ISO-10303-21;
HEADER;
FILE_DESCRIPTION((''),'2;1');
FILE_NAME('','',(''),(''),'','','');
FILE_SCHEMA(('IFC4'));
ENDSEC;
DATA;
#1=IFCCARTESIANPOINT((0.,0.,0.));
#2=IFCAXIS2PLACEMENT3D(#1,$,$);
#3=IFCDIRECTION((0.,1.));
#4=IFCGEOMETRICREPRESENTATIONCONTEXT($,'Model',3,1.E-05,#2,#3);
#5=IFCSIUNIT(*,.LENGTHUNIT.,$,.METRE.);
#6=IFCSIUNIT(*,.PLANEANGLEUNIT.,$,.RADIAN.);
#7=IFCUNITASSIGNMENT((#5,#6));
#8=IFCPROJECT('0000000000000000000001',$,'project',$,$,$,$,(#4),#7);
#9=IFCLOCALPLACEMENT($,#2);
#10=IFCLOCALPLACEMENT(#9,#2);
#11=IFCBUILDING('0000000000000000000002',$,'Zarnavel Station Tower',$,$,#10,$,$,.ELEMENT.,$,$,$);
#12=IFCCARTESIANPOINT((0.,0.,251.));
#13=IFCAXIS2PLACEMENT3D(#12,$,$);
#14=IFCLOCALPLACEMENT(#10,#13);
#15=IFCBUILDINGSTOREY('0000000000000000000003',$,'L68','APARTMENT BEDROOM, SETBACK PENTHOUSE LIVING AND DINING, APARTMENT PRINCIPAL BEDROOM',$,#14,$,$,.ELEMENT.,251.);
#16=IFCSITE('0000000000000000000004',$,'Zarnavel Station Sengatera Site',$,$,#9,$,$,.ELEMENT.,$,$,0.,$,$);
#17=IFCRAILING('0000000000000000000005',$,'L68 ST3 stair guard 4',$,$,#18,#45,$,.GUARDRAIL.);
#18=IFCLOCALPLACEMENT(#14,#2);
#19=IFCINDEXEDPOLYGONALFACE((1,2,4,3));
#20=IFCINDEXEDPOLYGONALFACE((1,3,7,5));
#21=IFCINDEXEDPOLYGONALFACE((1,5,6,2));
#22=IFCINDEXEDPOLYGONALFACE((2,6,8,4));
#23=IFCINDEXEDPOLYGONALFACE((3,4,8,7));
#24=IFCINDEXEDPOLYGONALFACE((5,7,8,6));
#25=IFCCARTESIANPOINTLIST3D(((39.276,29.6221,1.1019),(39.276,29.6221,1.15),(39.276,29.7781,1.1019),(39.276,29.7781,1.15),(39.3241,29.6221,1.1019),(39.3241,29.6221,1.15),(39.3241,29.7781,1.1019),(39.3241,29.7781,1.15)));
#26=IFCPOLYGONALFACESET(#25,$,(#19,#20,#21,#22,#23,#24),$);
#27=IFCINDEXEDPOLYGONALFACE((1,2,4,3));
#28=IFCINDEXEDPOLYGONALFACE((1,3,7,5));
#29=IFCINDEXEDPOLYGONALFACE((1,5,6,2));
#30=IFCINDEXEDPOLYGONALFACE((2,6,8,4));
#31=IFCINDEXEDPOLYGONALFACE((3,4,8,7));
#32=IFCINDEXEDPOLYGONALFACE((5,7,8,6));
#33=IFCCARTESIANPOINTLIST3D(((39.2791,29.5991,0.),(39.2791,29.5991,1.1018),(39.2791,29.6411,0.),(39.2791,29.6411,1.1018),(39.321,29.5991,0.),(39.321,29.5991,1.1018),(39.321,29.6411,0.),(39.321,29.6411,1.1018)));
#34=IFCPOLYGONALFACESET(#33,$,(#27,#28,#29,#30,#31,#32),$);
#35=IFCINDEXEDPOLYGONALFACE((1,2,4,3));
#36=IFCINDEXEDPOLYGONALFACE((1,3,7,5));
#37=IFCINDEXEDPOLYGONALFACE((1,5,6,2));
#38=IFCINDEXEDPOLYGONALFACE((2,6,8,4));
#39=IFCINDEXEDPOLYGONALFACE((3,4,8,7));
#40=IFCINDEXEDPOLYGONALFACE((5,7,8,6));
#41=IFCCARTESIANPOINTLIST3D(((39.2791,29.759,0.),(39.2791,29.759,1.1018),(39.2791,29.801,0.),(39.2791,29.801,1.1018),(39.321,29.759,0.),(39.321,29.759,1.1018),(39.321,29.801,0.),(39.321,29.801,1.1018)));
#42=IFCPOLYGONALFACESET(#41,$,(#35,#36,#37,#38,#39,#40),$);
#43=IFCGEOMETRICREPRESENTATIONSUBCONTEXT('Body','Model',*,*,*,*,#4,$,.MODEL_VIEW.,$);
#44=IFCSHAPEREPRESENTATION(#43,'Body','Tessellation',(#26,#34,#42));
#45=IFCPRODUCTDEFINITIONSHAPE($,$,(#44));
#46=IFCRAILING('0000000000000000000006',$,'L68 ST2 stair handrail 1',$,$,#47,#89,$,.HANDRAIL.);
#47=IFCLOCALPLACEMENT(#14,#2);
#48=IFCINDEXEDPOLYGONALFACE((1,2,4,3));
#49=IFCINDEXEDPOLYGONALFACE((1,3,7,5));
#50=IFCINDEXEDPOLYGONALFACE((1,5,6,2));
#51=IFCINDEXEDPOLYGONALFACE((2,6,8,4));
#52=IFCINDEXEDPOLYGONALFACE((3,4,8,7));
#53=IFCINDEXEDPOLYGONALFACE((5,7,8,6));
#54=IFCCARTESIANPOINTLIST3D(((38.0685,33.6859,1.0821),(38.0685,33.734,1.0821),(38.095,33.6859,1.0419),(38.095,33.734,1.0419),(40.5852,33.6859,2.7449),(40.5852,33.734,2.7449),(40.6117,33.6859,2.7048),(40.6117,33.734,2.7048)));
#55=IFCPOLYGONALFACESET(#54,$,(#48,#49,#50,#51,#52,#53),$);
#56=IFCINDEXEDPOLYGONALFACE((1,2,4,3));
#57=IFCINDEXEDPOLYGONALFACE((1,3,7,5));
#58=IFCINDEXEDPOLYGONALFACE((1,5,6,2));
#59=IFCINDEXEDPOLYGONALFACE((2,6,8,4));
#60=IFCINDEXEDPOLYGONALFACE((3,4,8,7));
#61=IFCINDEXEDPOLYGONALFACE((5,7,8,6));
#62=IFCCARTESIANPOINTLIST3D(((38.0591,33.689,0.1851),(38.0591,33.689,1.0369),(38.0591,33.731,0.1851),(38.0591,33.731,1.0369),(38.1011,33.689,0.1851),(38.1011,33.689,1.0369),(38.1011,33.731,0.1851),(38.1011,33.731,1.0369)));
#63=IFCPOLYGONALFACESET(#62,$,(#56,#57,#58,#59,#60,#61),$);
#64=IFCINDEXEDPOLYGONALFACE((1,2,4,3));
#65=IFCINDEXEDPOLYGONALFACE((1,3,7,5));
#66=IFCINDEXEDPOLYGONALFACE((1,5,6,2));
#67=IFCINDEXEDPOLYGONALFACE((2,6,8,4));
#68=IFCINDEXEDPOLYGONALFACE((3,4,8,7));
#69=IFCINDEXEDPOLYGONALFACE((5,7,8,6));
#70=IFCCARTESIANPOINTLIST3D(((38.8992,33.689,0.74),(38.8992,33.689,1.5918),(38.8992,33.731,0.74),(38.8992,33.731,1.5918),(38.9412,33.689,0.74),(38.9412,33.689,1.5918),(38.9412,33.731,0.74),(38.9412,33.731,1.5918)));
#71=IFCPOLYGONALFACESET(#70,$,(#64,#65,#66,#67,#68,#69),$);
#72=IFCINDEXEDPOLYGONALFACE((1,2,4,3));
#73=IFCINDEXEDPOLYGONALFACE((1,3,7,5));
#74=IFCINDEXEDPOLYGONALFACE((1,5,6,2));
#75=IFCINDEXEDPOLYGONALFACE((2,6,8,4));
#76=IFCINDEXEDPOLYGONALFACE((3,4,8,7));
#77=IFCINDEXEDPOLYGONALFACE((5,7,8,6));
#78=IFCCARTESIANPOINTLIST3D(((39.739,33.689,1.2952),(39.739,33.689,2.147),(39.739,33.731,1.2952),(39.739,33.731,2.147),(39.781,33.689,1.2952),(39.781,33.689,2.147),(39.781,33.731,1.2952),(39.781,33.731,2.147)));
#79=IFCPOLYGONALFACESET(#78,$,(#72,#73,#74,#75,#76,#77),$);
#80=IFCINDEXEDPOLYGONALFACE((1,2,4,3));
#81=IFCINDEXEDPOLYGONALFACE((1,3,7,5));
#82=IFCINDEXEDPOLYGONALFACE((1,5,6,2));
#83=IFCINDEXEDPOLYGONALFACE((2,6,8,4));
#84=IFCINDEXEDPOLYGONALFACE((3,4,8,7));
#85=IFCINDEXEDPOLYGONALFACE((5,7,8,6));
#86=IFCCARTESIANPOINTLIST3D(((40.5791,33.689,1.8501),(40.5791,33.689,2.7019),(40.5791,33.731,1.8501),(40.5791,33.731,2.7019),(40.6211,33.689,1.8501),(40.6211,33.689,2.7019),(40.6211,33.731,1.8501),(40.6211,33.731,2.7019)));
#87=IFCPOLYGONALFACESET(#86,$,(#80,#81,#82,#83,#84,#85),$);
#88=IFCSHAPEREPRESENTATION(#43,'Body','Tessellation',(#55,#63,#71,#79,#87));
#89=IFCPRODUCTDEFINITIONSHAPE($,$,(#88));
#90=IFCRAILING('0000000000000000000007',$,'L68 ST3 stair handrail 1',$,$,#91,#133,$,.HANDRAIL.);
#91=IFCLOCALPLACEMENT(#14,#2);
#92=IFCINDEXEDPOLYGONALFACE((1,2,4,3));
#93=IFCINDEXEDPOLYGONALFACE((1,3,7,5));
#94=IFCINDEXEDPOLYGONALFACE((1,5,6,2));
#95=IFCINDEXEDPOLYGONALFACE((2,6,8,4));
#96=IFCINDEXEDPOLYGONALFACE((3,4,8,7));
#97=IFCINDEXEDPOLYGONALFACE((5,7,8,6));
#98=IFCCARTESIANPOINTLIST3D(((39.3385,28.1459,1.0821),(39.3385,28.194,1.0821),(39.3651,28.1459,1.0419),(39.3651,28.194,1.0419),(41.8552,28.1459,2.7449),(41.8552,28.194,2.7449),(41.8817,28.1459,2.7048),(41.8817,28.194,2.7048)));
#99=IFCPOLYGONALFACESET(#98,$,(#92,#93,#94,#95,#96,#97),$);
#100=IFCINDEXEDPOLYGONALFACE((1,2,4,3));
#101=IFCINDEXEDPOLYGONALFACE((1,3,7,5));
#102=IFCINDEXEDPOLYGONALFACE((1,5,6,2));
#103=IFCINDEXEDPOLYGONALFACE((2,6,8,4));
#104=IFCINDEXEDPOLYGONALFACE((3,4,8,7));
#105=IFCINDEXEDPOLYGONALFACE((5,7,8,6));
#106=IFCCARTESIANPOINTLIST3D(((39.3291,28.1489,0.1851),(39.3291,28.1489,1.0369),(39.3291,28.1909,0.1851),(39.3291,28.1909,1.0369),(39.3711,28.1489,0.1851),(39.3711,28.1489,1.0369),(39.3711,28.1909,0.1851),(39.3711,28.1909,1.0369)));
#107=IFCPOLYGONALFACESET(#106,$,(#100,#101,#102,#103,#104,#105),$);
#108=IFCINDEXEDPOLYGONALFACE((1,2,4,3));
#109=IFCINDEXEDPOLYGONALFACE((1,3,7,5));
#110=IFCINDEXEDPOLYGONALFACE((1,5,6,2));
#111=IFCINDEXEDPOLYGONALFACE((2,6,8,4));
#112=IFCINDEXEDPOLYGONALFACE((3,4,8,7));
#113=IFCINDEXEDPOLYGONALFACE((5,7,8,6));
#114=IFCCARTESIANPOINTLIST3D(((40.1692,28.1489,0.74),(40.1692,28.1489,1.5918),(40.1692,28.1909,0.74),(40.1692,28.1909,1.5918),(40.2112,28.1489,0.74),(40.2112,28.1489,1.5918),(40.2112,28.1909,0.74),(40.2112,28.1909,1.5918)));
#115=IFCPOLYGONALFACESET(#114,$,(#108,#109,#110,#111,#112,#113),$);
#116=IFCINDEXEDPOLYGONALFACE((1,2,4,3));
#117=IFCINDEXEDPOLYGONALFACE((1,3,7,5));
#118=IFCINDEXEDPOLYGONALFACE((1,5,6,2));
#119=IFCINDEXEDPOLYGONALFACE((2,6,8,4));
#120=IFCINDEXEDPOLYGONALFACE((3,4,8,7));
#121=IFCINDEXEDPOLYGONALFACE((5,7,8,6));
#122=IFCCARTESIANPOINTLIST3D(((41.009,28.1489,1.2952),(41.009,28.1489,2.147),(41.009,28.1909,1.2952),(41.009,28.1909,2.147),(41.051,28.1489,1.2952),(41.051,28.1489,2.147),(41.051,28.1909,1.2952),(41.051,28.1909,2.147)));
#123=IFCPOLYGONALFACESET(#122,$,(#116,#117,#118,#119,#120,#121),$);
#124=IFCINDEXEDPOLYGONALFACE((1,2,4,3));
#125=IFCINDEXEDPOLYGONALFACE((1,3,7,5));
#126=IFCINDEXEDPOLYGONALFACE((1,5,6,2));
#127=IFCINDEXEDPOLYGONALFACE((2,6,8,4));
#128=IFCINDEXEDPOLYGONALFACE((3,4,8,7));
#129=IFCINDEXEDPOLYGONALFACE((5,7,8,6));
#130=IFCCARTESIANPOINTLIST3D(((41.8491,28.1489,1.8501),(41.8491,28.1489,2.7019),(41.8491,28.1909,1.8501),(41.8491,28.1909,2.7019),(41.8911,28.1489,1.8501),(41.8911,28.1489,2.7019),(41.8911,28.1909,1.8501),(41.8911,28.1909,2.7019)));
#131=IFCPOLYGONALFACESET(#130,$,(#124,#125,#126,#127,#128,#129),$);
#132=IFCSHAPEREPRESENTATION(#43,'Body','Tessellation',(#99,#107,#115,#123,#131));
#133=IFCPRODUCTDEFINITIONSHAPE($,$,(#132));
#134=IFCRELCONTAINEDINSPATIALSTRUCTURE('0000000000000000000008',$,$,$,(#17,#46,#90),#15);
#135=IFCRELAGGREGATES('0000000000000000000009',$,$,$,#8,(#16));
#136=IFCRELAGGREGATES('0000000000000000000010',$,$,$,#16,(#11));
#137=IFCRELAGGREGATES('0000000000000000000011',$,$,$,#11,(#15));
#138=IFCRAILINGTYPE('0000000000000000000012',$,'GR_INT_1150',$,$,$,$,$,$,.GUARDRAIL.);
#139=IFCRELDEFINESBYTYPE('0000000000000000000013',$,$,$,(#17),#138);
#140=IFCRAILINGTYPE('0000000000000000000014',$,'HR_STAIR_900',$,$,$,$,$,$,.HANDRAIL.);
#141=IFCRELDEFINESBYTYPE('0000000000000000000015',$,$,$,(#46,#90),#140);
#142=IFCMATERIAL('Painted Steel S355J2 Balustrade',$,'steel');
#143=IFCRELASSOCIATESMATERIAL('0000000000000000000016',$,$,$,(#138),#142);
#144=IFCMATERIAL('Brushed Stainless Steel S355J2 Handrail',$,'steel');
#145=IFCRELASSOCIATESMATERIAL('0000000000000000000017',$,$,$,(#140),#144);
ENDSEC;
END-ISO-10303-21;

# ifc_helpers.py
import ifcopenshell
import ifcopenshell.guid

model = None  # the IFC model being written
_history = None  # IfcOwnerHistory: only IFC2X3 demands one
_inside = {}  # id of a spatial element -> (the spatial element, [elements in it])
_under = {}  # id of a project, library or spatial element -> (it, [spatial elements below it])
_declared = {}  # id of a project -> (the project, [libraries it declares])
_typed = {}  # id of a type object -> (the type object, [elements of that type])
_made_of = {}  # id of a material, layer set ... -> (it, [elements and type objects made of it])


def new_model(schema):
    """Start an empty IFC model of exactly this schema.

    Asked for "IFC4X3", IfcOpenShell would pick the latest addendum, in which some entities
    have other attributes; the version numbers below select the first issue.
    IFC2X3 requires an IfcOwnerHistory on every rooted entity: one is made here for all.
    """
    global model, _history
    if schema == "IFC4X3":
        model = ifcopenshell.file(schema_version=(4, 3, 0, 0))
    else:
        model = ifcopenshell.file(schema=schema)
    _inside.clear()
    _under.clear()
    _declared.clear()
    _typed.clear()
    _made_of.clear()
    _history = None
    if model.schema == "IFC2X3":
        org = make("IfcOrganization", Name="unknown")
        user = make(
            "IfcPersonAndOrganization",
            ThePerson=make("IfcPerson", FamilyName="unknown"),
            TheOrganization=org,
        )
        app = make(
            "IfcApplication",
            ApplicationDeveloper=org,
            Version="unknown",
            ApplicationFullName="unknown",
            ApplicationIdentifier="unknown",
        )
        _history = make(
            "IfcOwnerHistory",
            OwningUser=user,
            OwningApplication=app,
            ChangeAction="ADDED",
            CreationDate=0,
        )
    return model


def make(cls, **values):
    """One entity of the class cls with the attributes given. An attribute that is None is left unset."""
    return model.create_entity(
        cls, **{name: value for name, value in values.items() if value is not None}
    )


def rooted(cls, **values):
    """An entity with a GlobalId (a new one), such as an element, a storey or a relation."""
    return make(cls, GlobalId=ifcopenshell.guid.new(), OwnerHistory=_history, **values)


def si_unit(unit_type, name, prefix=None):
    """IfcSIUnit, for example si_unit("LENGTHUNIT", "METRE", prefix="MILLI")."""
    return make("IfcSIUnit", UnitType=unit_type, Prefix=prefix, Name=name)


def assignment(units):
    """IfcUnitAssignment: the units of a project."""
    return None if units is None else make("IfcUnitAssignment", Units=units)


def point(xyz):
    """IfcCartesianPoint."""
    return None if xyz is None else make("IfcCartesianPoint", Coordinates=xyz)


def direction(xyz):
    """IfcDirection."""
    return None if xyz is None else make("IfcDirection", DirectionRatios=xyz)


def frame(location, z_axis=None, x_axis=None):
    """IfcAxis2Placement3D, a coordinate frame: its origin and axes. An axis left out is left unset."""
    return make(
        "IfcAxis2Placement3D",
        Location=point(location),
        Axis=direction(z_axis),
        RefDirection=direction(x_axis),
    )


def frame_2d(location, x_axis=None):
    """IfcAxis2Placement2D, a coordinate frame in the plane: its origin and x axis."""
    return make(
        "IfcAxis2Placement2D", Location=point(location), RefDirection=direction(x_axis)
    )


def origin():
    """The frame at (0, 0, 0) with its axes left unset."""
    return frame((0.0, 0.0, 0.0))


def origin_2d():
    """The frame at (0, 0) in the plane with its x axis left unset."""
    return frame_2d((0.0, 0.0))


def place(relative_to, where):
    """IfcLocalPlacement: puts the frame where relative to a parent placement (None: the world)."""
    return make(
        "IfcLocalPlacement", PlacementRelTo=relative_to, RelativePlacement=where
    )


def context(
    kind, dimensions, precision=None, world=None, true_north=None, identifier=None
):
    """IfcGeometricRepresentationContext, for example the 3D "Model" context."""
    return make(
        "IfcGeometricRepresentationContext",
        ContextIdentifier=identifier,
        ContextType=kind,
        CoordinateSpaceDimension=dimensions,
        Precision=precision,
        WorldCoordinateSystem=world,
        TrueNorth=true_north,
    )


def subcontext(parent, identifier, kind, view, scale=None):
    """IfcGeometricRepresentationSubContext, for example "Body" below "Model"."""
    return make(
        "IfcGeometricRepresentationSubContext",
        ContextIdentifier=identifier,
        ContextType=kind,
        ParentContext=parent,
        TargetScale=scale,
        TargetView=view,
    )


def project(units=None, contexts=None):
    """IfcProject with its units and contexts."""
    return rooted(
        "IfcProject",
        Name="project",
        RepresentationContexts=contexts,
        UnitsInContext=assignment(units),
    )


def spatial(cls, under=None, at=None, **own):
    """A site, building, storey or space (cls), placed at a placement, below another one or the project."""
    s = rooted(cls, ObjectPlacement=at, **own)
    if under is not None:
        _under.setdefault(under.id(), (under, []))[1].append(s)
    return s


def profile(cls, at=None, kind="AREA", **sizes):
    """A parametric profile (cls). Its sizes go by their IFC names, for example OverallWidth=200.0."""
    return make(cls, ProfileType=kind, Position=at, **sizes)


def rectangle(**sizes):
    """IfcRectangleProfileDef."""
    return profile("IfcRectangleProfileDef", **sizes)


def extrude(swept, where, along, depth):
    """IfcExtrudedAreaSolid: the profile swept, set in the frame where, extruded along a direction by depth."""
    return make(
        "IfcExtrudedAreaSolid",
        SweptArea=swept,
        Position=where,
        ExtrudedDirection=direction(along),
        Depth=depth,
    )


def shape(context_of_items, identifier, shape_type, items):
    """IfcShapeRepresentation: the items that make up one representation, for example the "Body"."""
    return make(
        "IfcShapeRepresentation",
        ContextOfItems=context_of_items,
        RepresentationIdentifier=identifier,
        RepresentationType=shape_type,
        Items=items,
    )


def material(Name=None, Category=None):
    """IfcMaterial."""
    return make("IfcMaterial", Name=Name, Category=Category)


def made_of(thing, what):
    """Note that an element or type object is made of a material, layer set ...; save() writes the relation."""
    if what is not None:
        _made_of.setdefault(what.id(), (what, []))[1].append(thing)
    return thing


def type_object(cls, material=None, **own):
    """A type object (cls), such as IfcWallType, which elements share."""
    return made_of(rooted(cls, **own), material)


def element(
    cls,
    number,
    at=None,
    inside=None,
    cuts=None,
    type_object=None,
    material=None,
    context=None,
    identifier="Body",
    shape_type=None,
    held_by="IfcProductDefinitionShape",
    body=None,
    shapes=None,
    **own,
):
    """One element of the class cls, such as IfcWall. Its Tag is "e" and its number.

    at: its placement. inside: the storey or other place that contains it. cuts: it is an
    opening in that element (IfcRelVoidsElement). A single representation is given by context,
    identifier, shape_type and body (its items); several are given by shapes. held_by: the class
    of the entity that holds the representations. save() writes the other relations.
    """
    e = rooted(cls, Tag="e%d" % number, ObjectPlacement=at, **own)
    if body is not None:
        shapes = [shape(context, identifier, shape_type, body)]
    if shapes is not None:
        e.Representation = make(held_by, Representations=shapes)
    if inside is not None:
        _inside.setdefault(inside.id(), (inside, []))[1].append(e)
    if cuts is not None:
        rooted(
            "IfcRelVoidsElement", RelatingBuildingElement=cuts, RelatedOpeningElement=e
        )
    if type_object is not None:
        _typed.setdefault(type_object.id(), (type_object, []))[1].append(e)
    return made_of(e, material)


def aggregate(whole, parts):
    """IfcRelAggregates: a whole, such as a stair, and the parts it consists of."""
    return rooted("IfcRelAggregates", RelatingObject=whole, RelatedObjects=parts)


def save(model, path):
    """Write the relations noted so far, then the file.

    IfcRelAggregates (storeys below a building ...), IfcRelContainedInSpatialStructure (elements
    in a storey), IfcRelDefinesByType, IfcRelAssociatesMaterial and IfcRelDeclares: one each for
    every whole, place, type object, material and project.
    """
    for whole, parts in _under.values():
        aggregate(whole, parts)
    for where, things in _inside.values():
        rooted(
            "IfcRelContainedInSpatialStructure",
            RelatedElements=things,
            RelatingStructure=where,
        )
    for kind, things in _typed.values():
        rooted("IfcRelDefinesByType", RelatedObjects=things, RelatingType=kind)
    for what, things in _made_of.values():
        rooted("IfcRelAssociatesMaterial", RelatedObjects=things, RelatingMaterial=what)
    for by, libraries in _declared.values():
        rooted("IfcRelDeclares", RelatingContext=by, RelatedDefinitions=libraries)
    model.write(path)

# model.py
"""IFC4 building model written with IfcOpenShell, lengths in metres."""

from ifc_helpers import new_model, si_unit, direction, frame, origin, origin_2d, place, context, subcontext, project, spatial, rectangle, extrude, material, type_object, element, save


model = new_model("IFC4")

# Units and contexts
model_context = context("Model", 3, precision=1e-05, world=origin(), true_north=direction((0.0, 1.0)))
body_context = subcontext(model_context, "Body", "Model", "MODEL_VIEW")
ifc_project = project(units=[si_unit("LENGTHUNIT", "METRE"), si_unit("PLANEANGLEUNIT", "RADIAN")], contexts=[model_context])

# Site, building, storey
site_placement = place(None, origin())
site = spatial("IfcSite", under=ifc_project, at=site_placement, Name="Zarnavel Station Sengatera Site", CompositionType="ELEMENT", RefElevation=0.0)
building_placement = place(site_placement, origin())
building = spatial("IfcBuilding", under=site, at=building_placement, Name="Zarnavel Station Tower", CompositionType="ELEMENT")
storey_placement = place(building_placement, frame((0.0, 0.0, 251.0)))
storey = spatial("IfcBuildingStorey", under=building, at=storey_placement, Name="L68", Description="APARTMENT BEDROOM, SETBACK PENTHOUSE LIVING AND DINING, APARTMENT PRINCIPAL BEDROOM", CompositionType="ELEMENT", Elevation=251.0)

# Railings
ifc_material_1 = material(Name="Painted Steel S355J2 Balustrade", Category="steel")
railing_type_1 = type_object("IfcRailingType", Name="GR_INT_1150", PredefinedType="GUARDRAIL", material=ifc_material_1)
railing_1_placement = place(storey_placement, frame((39.3, 29.6201, 0.0)))
element("IfcRailing", 1, at=railing_1_placement, inside=storey, type_object=railing_type_1, Name="L68 ST3 stair guard 4", PredefinedType="GUARDRAIL", context=body_context, shape_type="SweptSolid", body=[
    extrude(rectangle(XDim=0.0481, YDim=0.0481, at=origin_2d()), frame((0.0, 0.002, 1.126), z_axis=(0.0, 1.0, 0.0), x_axis=(-1.0, 0.0, 0.0)), (0.0, 0.0, 1.0), 0.156),
    extrude(rectangle(XDim=0.042, YDim=0.042, at=origin_2d()), origin(), (0.0, 0.0, 1.0), 1.1018),
    extrude(rectangle(XDim=0.042, YDim=0.042, at=origin_2d()), frame((0.0, 0.1599, 0.0)), (0.0, 0.0, 1.0), 1.1018),
])
ifc_material_2 = material(Name="Brushed Stainless Steel S355J2 Handrail", Category="steel")
railing_type_2 = type_object("IfcRailingType", Name="HR_STAIR_900", PredefinedType="HANDRAIL", material=ifc_material_2)
for number, where, name in (
    (2, (38.0801, 33.71, 0.1851), "L68 ST2 stair handrail 1"),
    (3, (39.3501, 28.1699, 0.1851), "L68 ST3 stair handrail 1"),
):
    element("IfcRailing", number, at=place(storey_placement, frame(where)), inside=storey, type_object=railing_type_2, Name=name, PredefinedType="HANDRAIL", context=body_context, shape_type="SweptSolid", body=[
        extrude(rectangle(XDim=0.0481, YDim=0.0481, at=origin_2d()), frame((0.0017, 0.0, 0.877), z_axis=(0.834331, 0.0, 0.551263), x_axis=(0.0, 1.0, 0.0)), (0.0, 0.0, 1.0), 3.0164),
        extrude(rectangle(XDim=0.042, YDim=0.042, at=origin_2d()), origin(), (0.0, 0.0, 1.0), 0.8518),
        extrude(rectangle(XDim=0.042, YDim=0.042, at=origin_2d()), frame((0.8401, 0.0, 0.5549)), (0.0, 0.0, 1.0), 0.8518),
        extrude(rectangle(XDim=0.042, YDim=0.042, at=origin_2d()), frame((1.6799, 0.0, 1.1101)), (0.0, 0.0, 1.0), 0.8518),
        extrude(rectangle(XDim=0.042, YDim=0.042, at=origin_2d()), frame((2.52, 0.0, 1.665)), (0.0, 0.0, 1.0), 0.8518),
    ])

save(model, "model.ifc")
